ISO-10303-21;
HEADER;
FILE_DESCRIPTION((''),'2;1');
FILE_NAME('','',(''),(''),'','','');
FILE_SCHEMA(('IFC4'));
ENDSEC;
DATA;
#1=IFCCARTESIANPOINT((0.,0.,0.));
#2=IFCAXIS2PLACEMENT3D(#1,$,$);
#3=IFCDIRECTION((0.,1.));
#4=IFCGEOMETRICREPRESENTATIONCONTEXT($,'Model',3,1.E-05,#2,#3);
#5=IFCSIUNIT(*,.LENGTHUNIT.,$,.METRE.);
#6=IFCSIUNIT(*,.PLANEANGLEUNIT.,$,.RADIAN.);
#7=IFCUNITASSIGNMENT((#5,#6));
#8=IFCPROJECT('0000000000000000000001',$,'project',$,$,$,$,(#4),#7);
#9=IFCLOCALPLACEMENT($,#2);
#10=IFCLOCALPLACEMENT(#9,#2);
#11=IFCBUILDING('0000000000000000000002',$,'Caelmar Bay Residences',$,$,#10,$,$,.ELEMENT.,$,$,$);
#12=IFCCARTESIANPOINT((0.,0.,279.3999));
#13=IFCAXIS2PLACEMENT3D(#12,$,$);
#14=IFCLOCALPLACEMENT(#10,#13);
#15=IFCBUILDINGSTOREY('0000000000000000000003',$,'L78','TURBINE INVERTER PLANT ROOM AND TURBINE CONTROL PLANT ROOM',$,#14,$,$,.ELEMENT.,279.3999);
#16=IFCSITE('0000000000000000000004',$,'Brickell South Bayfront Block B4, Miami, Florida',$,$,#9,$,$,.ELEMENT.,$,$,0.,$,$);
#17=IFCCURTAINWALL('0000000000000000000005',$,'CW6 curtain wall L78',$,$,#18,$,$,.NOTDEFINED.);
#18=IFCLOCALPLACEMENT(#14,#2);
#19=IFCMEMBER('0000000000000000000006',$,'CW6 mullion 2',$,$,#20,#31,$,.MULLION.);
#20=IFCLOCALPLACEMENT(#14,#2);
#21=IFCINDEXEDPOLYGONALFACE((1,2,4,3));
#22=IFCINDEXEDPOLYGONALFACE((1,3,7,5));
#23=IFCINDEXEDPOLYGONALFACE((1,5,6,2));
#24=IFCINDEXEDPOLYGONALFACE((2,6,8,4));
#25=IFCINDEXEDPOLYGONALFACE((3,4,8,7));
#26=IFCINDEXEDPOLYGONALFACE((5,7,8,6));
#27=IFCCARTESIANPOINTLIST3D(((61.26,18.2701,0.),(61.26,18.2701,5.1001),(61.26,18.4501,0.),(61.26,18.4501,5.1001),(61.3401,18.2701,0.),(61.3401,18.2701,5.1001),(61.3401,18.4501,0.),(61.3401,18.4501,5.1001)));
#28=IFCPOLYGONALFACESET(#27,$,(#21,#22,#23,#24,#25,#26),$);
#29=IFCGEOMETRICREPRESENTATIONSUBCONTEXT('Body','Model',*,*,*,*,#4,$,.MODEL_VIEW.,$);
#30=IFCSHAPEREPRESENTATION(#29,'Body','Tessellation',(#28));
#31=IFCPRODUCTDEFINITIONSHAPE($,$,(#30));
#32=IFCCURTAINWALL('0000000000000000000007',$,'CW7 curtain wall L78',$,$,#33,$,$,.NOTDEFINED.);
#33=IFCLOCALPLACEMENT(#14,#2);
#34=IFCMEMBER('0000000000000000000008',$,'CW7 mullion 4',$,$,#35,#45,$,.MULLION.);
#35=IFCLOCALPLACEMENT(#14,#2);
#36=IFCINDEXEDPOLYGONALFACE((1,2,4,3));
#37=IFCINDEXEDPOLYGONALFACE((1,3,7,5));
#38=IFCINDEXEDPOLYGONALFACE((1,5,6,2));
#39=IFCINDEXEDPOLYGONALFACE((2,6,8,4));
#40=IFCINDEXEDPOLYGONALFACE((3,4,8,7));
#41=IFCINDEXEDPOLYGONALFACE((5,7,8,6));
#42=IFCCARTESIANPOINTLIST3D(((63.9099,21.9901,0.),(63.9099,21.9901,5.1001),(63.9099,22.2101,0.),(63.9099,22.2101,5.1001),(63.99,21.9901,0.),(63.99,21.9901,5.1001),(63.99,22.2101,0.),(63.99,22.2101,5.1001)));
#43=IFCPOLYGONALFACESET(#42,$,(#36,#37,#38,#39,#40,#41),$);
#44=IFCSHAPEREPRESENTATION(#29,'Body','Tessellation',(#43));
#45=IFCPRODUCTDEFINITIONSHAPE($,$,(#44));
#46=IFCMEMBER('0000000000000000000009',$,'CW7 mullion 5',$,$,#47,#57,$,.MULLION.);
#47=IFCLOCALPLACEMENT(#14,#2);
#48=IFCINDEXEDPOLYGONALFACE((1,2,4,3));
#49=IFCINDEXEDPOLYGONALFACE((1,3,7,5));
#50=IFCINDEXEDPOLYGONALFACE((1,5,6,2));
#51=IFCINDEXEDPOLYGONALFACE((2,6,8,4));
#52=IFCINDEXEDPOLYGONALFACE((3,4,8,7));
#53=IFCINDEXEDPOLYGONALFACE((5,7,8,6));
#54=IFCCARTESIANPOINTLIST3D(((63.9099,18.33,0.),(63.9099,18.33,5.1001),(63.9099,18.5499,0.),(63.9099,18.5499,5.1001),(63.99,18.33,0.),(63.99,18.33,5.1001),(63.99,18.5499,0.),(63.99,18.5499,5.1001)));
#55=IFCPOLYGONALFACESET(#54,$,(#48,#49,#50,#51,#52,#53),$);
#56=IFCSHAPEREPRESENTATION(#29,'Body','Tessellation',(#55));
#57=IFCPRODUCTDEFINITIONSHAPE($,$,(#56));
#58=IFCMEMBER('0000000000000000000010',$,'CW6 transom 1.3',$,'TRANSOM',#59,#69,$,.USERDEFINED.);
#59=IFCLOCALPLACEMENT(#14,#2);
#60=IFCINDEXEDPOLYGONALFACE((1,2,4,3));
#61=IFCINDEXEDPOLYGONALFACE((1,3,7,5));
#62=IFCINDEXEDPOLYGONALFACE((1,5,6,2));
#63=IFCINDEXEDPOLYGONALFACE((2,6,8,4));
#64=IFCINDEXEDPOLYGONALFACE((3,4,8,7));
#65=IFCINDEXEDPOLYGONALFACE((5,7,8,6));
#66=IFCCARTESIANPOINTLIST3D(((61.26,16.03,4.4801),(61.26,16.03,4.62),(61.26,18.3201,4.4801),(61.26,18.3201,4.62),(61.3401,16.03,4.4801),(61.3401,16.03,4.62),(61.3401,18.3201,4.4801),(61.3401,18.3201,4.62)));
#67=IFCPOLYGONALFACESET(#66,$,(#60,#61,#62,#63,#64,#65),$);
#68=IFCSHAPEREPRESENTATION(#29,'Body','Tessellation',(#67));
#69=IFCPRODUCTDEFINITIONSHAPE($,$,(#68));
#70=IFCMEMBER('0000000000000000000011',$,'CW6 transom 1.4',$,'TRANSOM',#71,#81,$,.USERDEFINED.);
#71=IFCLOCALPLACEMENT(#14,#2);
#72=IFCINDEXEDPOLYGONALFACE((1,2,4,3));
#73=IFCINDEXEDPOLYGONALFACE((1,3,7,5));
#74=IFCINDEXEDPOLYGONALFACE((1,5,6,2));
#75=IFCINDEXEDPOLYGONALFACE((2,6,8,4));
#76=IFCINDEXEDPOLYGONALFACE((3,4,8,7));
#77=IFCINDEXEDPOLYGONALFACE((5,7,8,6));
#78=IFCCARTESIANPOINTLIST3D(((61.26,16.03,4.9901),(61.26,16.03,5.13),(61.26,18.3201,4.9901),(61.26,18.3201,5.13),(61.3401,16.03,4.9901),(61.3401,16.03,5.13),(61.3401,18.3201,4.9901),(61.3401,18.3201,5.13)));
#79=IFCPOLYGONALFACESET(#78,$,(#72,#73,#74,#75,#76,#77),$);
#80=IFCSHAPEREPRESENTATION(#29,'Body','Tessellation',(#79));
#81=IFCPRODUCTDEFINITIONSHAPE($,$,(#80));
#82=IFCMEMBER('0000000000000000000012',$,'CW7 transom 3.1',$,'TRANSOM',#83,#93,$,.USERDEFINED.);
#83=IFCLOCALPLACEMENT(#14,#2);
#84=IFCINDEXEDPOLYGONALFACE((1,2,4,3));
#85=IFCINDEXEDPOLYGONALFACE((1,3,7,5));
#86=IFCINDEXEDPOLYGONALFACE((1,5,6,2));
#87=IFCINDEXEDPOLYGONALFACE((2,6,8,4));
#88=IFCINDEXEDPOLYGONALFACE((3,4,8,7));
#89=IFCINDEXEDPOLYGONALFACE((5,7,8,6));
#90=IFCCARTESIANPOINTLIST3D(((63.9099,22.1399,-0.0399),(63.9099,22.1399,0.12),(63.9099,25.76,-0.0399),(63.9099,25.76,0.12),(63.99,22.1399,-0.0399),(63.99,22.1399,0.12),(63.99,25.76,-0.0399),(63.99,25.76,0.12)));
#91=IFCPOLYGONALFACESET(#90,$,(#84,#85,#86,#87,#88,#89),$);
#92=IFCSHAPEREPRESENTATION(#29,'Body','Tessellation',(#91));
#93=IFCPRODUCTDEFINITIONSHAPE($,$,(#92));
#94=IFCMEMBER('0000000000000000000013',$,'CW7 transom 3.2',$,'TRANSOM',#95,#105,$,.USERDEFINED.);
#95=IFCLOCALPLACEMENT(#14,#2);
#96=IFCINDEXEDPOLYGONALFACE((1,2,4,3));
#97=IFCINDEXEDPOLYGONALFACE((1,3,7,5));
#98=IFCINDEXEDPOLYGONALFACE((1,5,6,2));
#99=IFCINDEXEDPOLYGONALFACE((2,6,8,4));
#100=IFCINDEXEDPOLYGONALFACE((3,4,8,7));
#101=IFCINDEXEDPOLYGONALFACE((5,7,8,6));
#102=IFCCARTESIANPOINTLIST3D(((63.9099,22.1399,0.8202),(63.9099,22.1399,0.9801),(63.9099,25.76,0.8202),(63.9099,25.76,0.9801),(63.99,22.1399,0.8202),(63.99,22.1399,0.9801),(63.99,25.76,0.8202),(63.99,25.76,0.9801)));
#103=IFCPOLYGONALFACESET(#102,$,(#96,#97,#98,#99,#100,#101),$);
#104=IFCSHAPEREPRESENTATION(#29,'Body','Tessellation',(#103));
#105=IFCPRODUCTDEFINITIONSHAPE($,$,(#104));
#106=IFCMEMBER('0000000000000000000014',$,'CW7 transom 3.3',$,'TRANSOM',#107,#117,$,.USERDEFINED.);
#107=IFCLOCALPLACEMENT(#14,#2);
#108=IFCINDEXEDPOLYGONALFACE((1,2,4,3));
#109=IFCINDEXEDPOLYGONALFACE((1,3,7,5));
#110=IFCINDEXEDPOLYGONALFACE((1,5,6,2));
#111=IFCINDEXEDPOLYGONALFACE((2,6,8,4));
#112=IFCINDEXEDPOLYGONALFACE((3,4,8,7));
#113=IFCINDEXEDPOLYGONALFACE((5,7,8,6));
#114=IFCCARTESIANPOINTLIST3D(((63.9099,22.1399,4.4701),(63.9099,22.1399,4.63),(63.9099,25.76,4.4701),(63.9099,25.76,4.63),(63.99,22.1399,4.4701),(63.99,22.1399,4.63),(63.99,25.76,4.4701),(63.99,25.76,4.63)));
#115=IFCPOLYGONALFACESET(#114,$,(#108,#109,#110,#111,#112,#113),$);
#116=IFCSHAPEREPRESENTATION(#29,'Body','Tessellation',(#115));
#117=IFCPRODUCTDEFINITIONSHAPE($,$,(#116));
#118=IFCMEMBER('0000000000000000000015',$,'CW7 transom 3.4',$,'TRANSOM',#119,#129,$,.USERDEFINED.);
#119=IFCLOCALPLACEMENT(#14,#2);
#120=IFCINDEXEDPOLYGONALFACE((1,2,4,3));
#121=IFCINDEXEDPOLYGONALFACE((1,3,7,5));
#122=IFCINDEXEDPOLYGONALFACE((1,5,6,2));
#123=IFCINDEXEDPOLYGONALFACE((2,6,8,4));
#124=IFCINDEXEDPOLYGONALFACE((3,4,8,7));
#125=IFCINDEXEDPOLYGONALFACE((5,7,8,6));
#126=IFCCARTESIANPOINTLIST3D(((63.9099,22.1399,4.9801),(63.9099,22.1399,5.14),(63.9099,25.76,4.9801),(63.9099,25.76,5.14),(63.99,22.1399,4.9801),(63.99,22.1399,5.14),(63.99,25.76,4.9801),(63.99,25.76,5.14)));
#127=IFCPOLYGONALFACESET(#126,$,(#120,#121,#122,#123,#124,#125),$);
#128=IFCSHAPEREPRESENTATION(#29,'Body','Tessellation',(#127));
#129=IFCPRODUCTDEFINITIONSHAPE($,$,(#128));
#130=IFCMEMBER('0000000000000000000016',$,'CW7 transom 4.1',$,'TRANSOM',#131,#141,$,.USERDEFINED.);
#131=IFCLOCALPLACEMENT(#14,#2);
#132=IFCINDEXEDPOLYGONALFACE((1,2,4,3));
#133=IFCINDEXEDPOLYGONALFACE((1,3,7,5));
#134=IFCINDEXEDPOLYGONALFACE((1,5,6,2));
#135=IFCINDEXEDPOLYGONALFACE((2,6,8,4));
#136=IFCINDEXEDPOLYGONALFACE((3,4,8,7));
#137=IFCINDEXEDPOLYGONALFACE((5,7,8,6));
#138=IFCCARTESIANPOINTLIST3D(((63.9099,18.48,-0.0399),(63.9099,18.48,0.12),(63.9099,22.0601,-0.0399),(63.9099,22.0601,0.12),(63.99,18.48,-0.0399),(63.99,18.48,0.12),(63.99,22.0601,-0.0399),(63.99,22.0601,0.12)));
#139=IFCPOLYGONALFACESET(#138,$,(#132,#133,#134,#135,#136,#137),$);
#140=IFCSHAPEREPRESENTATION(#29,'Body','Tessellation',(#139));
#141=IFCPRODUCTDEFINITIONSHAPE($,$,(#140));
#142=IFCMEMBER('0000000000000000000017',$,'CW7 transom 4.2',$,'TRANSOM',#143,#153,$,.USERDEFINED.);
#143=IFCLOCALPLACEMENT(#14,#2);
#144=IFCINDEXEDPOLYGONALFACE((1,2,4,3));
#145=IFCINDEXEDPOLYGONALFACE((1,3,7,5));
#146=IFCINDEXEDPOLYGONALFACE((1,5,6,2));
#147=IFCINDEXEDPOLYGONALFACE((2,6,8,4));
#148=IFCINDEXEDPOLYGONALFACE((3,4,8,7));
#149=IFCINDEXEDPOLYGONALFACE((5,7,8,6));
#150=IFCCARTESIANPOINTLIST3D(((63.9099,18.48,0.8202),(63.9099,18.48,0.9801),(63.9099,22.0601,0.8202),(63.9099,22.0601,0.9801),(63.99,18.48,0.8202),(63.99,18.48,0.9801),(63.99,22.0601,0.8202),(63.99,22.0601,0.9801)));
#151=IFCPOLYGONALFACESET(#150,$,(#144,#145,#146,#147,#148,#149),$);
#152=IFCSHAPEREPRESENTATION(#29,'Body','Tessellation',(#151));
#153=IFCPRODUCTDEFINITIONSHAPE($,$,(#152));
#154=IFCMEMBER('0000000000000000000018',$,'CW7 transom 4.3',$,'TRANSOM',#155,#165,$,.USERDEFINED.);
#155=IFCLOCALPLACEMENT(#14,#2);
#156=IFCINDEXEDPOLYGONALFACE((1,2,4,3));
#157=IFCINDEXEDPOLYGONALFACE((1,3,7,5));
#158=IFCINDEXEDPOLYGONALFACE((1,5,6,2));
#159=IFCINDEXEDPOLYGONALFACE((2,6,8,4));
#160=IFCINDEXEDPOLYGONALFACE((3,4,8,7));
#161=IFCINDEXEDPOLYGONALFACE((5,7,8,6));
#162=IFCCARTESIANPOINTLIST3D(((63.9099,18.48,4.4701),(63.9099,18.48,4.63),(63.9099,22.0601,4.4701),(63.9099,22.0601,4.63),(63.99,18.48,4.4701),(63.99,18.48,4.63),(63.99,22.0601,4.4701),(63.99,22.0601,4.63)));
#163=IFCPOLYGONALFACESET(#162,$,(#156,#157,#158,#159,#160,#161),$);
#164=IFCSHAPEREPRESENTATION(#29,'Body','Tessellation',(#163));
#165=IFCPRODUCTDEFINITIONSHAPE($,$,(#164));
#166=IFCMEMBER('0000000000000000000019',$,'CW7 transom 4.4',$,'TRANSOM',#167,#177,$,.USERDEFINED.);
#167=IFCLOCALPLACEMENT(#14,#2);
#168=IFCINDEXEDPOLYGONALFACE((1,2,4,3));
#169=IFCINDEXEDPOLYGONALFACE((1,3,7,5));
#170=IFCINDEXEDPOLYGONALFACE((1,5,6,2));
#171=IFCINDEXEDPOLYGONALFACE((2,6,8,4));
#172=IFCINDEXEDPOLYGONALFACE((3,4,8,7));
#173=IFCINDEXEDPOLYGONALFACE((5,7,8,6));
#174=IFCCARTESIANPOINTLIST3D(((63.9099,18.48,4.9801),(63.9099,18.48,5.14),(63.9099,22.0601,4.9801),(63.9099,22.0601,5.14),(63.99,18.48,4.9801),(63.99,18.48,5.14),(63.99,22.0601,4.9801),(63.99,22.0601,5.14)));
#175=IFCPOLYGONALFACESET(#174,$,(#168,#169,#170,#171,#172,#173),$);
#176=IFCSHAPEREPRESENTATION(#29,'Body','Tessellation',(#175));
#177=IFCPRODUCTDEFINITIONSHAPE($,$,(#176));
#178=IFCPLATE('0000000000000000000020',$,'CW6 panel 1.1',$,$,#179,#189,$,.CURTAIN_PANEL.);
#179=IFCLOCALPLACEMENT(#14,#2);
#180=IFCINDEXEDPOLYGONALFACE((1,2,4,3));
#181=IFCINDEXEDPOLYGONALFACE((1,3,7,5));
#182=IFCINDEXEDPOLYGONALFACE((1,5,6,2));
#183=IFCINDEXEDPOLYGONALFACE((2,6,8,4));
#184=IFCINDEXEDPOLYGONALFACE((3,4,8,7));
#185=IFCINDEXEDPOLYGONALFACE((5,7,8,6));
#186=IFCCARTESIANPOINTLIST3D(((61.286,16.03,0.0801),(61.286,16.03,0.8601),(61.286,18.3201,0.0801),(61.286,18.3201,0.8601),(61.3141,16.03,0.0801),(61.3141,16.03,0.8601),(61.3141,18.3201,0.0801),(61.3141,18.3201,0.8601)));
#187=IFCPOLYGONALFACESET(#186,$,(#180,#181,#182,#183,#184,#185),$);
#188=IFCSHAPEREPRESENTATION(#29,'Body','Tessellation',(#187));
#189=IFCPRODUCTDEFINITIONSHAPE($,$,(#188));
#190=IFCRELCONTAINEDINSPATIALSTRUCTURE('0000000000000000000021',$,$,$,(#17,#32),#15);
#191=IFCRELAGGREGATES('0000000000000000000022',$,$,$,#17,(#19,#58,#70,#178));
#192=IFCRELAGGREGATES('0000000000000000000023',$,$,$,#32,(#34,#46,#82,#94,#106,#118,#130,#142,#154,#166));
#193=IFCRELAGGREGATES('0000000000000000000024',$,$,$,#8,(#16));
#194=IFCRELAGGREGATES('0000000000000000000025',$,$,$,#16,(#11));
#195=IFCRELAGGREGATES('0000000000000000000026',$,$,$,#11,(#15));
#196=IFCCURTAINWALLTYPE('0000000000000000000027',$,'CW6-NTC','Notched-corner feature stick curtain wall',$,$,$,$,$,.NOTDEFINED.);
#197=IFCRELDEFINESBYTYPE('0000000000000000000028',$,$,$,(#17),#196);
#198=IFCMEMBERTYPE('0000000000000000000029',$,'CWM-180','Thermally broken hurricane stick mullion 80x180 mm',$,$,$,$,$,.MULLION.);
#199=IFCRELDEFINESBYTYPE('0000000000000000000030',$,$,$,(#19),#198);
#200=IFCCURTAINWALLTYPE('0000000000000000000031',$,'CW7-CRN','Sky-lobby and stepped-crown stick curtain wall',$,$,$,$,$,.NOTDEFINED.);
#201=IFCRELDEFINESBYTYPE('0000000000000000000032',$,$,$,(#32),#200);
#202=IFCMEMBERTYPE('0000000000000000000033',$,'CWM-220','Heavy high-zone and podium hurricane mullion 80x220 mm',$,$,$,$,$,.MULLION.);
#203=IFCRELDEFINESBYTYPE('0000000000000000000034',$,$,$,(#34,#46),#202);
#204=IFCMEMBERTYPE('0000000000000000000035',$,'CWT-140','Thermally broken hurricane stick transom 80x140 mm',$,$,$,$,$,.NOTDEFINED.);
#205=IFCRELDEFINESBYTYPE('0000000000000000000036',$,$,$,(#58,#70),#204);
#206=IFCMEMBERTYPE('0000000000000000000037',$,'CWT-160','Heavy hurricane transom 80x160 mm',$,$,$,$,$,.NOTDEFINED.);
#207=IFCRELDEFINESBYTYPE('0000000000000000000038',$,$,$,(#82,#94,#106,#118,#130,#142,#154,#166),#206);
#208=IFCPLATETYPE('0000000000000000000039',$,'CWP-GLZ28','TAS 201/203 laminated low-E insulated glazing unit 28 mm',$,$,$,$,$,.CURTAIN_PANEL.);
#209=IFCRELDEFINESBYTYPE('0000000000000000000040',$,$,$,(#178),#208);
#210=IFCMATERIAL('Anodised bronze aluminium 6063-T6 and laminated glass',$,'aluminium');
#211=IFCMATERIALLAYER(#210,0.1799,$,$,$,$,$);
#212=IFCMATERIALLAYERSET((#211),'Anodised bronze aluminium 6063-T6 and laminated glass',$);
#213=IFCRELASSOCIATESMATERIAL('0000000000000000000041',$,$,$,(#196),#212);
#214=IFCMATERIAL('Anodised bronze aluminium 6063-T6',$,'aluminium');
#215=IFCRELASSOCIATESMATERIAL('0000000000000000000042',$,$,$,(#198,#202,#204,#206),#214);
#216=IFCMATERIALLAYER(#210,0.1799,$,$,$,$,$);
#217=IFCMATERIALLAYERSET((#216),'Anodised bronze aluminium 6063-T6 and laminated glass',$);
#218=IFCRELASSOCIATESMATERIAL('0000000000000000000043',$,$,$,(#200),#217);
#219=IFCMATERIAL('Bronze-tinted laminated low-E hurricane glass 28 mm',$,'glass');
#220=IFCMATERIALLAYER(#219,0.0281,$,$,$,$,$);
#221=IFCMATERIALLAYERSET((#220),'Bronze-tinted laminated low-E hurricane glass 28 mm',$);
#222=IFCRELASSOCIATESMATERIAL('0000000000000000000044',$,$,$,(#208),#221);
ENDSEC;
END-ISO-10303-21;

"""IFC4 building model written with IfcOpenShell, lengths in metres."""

from ifc_helpers import new_model, si_unit, direction, frame, origin, origin_2d, place, context, subcontext, project, spatial, rectangle, extrude, material, layer, layer_set, material_profile, profile_set, type_object, element, aggregate, save


model = new_model("IFC4")

# Units and contexts
model_context = context("Model", 3, precision=1e-05, world=origin(), true_north=direction((0.0, 1.0)))
body_context = subcontext(model_context, "Body", "Model", "MODEL_VIEW")
ifc_project = project(units=[si_unit("LENGTHUNIT", "METRE"), si_unit("PLANEANGLEUNIT", "RADIAN")], contexts=[model_context])

# Site, building, storey
site_placement = place(None, origin())
site = spatial("IfcSite", under=ifc_project, at=site_placement, Name="Brickell South Bayfront Block B4, Miami, Florida", CompositionType="ELEMENT", RefElevation=0.0)
building_placement = place(site_placement, origin())
building = spatial("IfcBuilding", under=site, at=building_placement, Name="Caelmar Bay Residences", CompositionType="ELEMENT")
storey_placement = place(building_placement, frame((0.0, 0.0, 279.3999)))
storey = spatial("IfcBuildingStorey", under=building, at=storey_placement, Name="L78", Description="TURBINE INVERTER PLANT ROOM AND TURBINE CONTROL PLANT ROOM", CompositionType="ELEMENT", Elevation=279.3999)

# Curtain wall, member
ifc_material_1 = material(Name="Anodised bronze aluminium 6063-T6 and laminated glass", Category="aluminium")
ifc_layer_1 = layer(ifc_material_1, 0.1799)
ifc_layer_set_1 = layer_set([ifc_layer_1], Name="Anodised bronze aluminium 6063-T6 and laminated glass")
curtain_wall_type_1 = type_object("IfcCurtainWallType", Name="CW6-NTC", Description="Notched-corner feature stick curtain wall", PredefinedType="NOTDEFINED", material=ifc_layer_set_1)
curtain_wall_1_placement = place(storey_placement, origin())
curtain_wall_1 = element("IfcCurtainWall", 1, at=curtain_wall_1_placement, inside=storey, type_object=curtain_wall_type_1, Name="CW6 curtain wall L78", PredefinedType="NOTDEFINED")
ifc_material_2 = material(Name="Anodised bronze aluminium 6063-T6", Category="aluminium")
ifc_material_profile_1 = material_profile(ifc_material_2, rectangle(XDim=0.0801, YDim=0.1799, at=origin_2d()), Name="CWM-80X180")
ifc_profile_set_1 = profile_set([ifc_material_profile_1], Name="Anodised bronze aluminium 6063-T6")
member_type_1 = type_object("IfcMemberType", Name="CWM-180", Description="Thermally broken hurricane stick mullion 80x180 mm", PredefinedType="MULLION", material=ifc_profile_set_1)
member_1_placement = place(storey_placement, frame((61.3, 18.3601, 0.0), z_axis=(0.0, 0.0, 1.0), x_axis=(-1.0, 0.0, 0.0)))
member_1 = element("IfcMember", 2, at=member_1_placement, type_object=member_type_1, Name="CW6 mullion 2", PredefinedType="MULLION", context=body_context, shape_type="SweptSolid", body=[
    extrude(rectangle(XDim=0.0801, YDim=0.1799, at=origin_2d()), origin(), (0.0, 0.0, 1.0), 5.1001),
])

# Curtain wall, members
ifc_layer_2 = layer(ifc_material_1, 0.1799)
ifc_layer_set_2 = layer_set([ifc_layer_2], Name="Anodised bronze aluminium 6063-T6 and laminated glass")
curtain_wall_type_2 = type_object("IfcCurtainWallType", Name="CW7-CRN", Description="Sky-lobby and stepped-crown stick curtain wall", PredefinedType="NOTDEFINED", material=ifc_layer_set_2)
curtain_wall_2_placement = place(storey_placement, origin())
curtain_wall_2 = element("IfcCurtainWall", 3, at=curtain_wall_2_placement, inside=storey, type_object=curtain_wall_type_2, Name="CW7 curtain wall L78", PredefinedType="NOTDEFINED")
ifc_material_profile_2 = material_profile(ifc_material_2, rectangle(XDim=0.0801, YDim=0.22, at=origin_2d()), Name="CWM-80X220")
ifc_profile_set_2 = profile_set([ifc_material_profile_2], Name="Anodised bronze aluminium 6063-T6")
member_type_2 = type_object("IfcMemberType", Name="CWM-220", Description="Heavy high-zone and podium hurricane mullion 80x220 mm", PredefinedType="MULLION", material=ifc_profile_set_2)
member_2_placement = place(storey_placement, frame((63.95, 22.1001, 0.0), z_axis=(0.0, 0.0, 1.0), x_axis=(1.0, 0.0, 0.0)))
member_2 = element("IfcMember", 4, at=member_2_placement, type_object=member_type_2, Name="CW7 mullion 4", PredefinedType="MULLION", context=body_context, shape_type="SweptSolid", body=[
    extrude(rectangle(XDim=0.0801, YDim=0.22, at=origin_2d()), origin(), (0.0, 0.0, 1.0), 5.1001),
])
member_3_placement = place(storey_placement, frame((63.95, 18.4399, 0.0), z_axis=(0.0, 0.0, 1.0), x_axis=(1.0, 0.0, 0.0)))
member_3 = element("IfcMember", 5, at=member_3_placement, type_object=member_type_2, Name="CW7 mullion 5", PredefinedType="MULLION", context=body_context, shape_type="SweptSolid", body=[
    extrude(rectangle(XDim=0.0801, YDim=0.22, at=origin_2d()), origin(), (0.0, 0.0, 1.0), 5.1001),
])

# Members
ifc_material_profile_3 = material_profile(ifc_material_2, rectangle(XDim=0.0801, YDim=0.1399, at=origin_2d()), Name="CWT-80X140")
ifc_profile_set_3 = profile_set([ifc_material_profile_3], Name="Anodised bronze aluminium 6063-T6")
member_type_3 = type_object("IfcMemberType", Name="CWT-140", Description="Thermally broken hurricane stick transom 80x140 mm", PredefinedType="NOTDEFINED", material=ifc_profile_set_3)
member_4_placement = place(storey_placement, frame((61.3, 16.03, 4.55), z_axis=(0.0, 1.0, 0.0), x_axis=(-1.0, 0.0, 0.0)))
member_4 = element("IfcMember", 6, at=member_4_placement, type_object=member_type_3, Name="CW6 transom 1.3", ObjectType="TRANSOM", PredefinedType="USERDEFINED", context=body_context, shape_type="SweptSolid", body=[
    extrude(rectangle(XDim=0.0801, YDim=0.1399, at=origin_2d()), origin(), (0.0, 0.0, 1.0), 2.29),
])
member_5_placement = place(storey_placement, frame((61.3, 16.03, 5.0601), z_axis=(0.0, 1.0, 0.0), x_axis=(-1.0, 0.0, 0.0)))
member_5 = element("IfcMember", 7, at=member_5_placement, type_object=member_type_3, Name="CW6 transom 1.4", ObjectType="TRANSOM", PredefinedType="USERDEFINED", context=body_context, shape_type="SweptSolid", body=[
    extrude(rectangle(XDim=0.0801, YDim=0.1399, at=origin_2d()), origin(), (0.0, 0.0, 1.0), 2.29),
])
ifc_material_profile_4 = material_profile(ifc_material_2, rectangle(XDim=0.0801, YDim=0.1599, at=origin_2d()), Name="CWT-80X160")
ifc_profile_set_4 = profile_set([ifc_material_profile_4], Name="Anodised bronze aluminium 6063-T6")
member_type_4 = type_object("IfcMemberType", Name="CWT-160", Description="Heavy hurricane transom 80x160 mm", PredefinedType="NOTDEFINED", material=ifc_profile_set_4)
member_6_placement = place(storey_placement, frame((63.95, 25.76, 0.04), z_axis=(0.0, -1.0, 0.0), x_axis=(1.0, 0.0, 0.0)))
member_6 = element("IfcMember", 8, at=member_6_placement, type_object=member_type_4, Name="CW7 transom 3.1", ObjectType="TRANSOM", PredefinedType="USERDEFINED", context=body_context, shape_type="SweptSolid", body=[
    extrude(rectangle(XDim=0.0801, YDim=0.1599, at=origin_2d()), origin(), (0.0, 0.0, 1.0), 3.6201),
])
member_7_placement = place(storey_placement, frame((63.95, 25.76, 0.9001), z_axis=(0.0, -1.0, 0.0), x_axis=(1.0, 0.0, 0.0)))
member_7 = element("IfcMember", 9, at=member_7_placement, type_object=member_type_4, Name="CW7 transom 3.2", ObjectType="TRANSOM", PredefinedType="USERDEFINED", context=body_context, shape_type="SweptSolid", body=[
    extrude(rectangle(XDim=0.0801, YDim=0.1599, at=origin_2d()), origin(), (0.0, 0.0, 1.0), 3.6201),
])
member_8_placement = place(storey_placement, frame((63.95, 25.76, 4.55), z_axis=(0.0, -1.0, 0.0), x_axis=(1.0, 0.0, 0.0)))
member_8 = element("IfcMember", 10, at=member_8_placement, type_object=member_type_4, Name="CW7 transom 3.3", ObjectType="TRANSOM", PredefinedType="USERDEFINED", context=body_context, shape_type="SweptSolid", body=[
    extrude(rectangle(XDim=0.0801, YDim=0.1599, at=origin_2d()), origin(), (0.0, 0.0, 1.0), 3.6201),
])
member_9_placement = place(storey_placement, frame((63.95, 25.76, 5.0601), z_axis=(0.0, -1.0, 0.0), x_axis=(1.0, 0.0, 0.0)))
member_9 = element("IfcMember", 11, at=member_9_placement, type_object=member_type_4, Name="CW7 transom 3.4", ObjectType="TRANSOM", PredefinedType="USERDEFINED", context=body_context, shape_type="SweptSolid", body=[
    extrude(rectangle(XDim=0.0801, YDim=0.1599, at=origin_2d()), origin(), (0.0, 0.0, 1.0), 3.6201),
])
member_10_placement = place(storey_placement, frame((63.95, 22.0601, 0.04), z_axis=(0.0, -1.0, 0.0), x_axis=(1.0, 0.0, 0.0)))
member_10 = element("IfcMember", 12, at=member_10_placement, type_object=member_type_4, Name="CW7 transom 4.1", ObjectType="TRANSOM", PredefinedType="USERDEFINED", context=body_context, shape_type="SweptSolid", body=[
    extrude(rectangle(XDim=0.0801, YDim=0.1599, at=origin_2d()), origin(), (0.0, 0.0, 1.0), 3.5801),
])
member_11_placement = place(storey_placement, frame((63.95, 22.0601, 0.9001), z_axis=(0.0, -1.0, 0.0), x_axis=(1.0, 0.0, 0.0)))
member_11 = element("IfcMember", 13, at=member_11_placement, type_object=member_type_4, Name="CW7 transom 4.2", ObjectType="TRANSOM", PredefinedType="USERDEFINED", context=body_context, shape_type="SweptSolid", body=[
    extrude(rectangle(XDim=0.0801, YDim=0.1599, at=origin_2d()), origin(), (0.0, 0.0, 1.0), 3.5801),
])
member_12_placement = place(storey_placement, frame((63.95, 22.0601, 4.55), z_axis=(0.0, -1.0, 0.0), x_axis=(1.0, 0.0, 0.0)))
member_12 = element("IfcMember", 14, at=member_12_placement, type_object=member_type_4, Name="CW7 transom 4.3", ObjectType="TRANSOM", PredefinedType="USERDEFINED", context=body_context, shape_type="SweptSolid", body=[
    extrude(rectangle(XDim=0.0801, YDim=0.1599, at=origin_2d()), origin(), (0.0, 0.0, 1.0), 3.5801),
])
member_13_placement = place(storey_placement, frame((63.95, 22.0601, 5.0601), z_axis=(0.0, -1.0, 0.0), x_axis=(1.0, 0.0, 0.0)))
member_13 = element("IfcMember", 15, at=member_13_placement, type_object=member_type_4, Name="CW7 transom 4.4", ObjectType="TRANSOM", PredefinedType="USERDEFINED", context=body_context, shape_type="SweptSolid", body=[
    extrude(rectangle(XDim=0.0801, YDim=0.1599, at=origin_2d()), origin(), (0.0, 0.0, 1.0), 3.5801),
])

# Plate
ifc_material_3 = material(Name="Bronze-tinted laminated low-E hurricane glass 28 mm", Category="glass")
ifc_layer_3 = layer(ifc_material_3, 0.0281)
ifc_layer_set_3 = layer_set([ifc_layer_3], Name="Bronze-tinted laminated low-E hurricane glass 28 mm")
plate_type_1 = type_object("IfcPlateType", Name="CWP-GLZ28", Description="TAS 201/203 laminated low-E insulated glazing unit 28 mm", PredefinedType="CURTAIN_PANEL", material=ifc_layer_set_3)
plate_1_placement = place(storey_placement, frame((61.3, 17.175, 0.0801), z_axis=(0.0, 0.0, 1.0), x_axis=(0.0, 1.0, 0.0)))
plate_1 = element("IfcPlate", 16, at=plate_1_placement, type_object=plate_type_1, Name="CW6 panel 1.1", PredefinedType="CURTAIN_PANEL", context=body_context, shape_type="SweptSolid", body=[
    extrude(rectangle(XDim=2.29, YDim=0.0281, at=origin_2d()), origin(), (0.0, 0.0, 1.0), 0.78),
])
aggregate(curtain_wall_1, [member_1, member_4, member_5, plate_1])
aggregate(curtain_wall_2, [member_2, member_3, member_6, member_7, member_8, member_9, member_10, member_11, member_12, member_13])

save(model, "model.ifc")
